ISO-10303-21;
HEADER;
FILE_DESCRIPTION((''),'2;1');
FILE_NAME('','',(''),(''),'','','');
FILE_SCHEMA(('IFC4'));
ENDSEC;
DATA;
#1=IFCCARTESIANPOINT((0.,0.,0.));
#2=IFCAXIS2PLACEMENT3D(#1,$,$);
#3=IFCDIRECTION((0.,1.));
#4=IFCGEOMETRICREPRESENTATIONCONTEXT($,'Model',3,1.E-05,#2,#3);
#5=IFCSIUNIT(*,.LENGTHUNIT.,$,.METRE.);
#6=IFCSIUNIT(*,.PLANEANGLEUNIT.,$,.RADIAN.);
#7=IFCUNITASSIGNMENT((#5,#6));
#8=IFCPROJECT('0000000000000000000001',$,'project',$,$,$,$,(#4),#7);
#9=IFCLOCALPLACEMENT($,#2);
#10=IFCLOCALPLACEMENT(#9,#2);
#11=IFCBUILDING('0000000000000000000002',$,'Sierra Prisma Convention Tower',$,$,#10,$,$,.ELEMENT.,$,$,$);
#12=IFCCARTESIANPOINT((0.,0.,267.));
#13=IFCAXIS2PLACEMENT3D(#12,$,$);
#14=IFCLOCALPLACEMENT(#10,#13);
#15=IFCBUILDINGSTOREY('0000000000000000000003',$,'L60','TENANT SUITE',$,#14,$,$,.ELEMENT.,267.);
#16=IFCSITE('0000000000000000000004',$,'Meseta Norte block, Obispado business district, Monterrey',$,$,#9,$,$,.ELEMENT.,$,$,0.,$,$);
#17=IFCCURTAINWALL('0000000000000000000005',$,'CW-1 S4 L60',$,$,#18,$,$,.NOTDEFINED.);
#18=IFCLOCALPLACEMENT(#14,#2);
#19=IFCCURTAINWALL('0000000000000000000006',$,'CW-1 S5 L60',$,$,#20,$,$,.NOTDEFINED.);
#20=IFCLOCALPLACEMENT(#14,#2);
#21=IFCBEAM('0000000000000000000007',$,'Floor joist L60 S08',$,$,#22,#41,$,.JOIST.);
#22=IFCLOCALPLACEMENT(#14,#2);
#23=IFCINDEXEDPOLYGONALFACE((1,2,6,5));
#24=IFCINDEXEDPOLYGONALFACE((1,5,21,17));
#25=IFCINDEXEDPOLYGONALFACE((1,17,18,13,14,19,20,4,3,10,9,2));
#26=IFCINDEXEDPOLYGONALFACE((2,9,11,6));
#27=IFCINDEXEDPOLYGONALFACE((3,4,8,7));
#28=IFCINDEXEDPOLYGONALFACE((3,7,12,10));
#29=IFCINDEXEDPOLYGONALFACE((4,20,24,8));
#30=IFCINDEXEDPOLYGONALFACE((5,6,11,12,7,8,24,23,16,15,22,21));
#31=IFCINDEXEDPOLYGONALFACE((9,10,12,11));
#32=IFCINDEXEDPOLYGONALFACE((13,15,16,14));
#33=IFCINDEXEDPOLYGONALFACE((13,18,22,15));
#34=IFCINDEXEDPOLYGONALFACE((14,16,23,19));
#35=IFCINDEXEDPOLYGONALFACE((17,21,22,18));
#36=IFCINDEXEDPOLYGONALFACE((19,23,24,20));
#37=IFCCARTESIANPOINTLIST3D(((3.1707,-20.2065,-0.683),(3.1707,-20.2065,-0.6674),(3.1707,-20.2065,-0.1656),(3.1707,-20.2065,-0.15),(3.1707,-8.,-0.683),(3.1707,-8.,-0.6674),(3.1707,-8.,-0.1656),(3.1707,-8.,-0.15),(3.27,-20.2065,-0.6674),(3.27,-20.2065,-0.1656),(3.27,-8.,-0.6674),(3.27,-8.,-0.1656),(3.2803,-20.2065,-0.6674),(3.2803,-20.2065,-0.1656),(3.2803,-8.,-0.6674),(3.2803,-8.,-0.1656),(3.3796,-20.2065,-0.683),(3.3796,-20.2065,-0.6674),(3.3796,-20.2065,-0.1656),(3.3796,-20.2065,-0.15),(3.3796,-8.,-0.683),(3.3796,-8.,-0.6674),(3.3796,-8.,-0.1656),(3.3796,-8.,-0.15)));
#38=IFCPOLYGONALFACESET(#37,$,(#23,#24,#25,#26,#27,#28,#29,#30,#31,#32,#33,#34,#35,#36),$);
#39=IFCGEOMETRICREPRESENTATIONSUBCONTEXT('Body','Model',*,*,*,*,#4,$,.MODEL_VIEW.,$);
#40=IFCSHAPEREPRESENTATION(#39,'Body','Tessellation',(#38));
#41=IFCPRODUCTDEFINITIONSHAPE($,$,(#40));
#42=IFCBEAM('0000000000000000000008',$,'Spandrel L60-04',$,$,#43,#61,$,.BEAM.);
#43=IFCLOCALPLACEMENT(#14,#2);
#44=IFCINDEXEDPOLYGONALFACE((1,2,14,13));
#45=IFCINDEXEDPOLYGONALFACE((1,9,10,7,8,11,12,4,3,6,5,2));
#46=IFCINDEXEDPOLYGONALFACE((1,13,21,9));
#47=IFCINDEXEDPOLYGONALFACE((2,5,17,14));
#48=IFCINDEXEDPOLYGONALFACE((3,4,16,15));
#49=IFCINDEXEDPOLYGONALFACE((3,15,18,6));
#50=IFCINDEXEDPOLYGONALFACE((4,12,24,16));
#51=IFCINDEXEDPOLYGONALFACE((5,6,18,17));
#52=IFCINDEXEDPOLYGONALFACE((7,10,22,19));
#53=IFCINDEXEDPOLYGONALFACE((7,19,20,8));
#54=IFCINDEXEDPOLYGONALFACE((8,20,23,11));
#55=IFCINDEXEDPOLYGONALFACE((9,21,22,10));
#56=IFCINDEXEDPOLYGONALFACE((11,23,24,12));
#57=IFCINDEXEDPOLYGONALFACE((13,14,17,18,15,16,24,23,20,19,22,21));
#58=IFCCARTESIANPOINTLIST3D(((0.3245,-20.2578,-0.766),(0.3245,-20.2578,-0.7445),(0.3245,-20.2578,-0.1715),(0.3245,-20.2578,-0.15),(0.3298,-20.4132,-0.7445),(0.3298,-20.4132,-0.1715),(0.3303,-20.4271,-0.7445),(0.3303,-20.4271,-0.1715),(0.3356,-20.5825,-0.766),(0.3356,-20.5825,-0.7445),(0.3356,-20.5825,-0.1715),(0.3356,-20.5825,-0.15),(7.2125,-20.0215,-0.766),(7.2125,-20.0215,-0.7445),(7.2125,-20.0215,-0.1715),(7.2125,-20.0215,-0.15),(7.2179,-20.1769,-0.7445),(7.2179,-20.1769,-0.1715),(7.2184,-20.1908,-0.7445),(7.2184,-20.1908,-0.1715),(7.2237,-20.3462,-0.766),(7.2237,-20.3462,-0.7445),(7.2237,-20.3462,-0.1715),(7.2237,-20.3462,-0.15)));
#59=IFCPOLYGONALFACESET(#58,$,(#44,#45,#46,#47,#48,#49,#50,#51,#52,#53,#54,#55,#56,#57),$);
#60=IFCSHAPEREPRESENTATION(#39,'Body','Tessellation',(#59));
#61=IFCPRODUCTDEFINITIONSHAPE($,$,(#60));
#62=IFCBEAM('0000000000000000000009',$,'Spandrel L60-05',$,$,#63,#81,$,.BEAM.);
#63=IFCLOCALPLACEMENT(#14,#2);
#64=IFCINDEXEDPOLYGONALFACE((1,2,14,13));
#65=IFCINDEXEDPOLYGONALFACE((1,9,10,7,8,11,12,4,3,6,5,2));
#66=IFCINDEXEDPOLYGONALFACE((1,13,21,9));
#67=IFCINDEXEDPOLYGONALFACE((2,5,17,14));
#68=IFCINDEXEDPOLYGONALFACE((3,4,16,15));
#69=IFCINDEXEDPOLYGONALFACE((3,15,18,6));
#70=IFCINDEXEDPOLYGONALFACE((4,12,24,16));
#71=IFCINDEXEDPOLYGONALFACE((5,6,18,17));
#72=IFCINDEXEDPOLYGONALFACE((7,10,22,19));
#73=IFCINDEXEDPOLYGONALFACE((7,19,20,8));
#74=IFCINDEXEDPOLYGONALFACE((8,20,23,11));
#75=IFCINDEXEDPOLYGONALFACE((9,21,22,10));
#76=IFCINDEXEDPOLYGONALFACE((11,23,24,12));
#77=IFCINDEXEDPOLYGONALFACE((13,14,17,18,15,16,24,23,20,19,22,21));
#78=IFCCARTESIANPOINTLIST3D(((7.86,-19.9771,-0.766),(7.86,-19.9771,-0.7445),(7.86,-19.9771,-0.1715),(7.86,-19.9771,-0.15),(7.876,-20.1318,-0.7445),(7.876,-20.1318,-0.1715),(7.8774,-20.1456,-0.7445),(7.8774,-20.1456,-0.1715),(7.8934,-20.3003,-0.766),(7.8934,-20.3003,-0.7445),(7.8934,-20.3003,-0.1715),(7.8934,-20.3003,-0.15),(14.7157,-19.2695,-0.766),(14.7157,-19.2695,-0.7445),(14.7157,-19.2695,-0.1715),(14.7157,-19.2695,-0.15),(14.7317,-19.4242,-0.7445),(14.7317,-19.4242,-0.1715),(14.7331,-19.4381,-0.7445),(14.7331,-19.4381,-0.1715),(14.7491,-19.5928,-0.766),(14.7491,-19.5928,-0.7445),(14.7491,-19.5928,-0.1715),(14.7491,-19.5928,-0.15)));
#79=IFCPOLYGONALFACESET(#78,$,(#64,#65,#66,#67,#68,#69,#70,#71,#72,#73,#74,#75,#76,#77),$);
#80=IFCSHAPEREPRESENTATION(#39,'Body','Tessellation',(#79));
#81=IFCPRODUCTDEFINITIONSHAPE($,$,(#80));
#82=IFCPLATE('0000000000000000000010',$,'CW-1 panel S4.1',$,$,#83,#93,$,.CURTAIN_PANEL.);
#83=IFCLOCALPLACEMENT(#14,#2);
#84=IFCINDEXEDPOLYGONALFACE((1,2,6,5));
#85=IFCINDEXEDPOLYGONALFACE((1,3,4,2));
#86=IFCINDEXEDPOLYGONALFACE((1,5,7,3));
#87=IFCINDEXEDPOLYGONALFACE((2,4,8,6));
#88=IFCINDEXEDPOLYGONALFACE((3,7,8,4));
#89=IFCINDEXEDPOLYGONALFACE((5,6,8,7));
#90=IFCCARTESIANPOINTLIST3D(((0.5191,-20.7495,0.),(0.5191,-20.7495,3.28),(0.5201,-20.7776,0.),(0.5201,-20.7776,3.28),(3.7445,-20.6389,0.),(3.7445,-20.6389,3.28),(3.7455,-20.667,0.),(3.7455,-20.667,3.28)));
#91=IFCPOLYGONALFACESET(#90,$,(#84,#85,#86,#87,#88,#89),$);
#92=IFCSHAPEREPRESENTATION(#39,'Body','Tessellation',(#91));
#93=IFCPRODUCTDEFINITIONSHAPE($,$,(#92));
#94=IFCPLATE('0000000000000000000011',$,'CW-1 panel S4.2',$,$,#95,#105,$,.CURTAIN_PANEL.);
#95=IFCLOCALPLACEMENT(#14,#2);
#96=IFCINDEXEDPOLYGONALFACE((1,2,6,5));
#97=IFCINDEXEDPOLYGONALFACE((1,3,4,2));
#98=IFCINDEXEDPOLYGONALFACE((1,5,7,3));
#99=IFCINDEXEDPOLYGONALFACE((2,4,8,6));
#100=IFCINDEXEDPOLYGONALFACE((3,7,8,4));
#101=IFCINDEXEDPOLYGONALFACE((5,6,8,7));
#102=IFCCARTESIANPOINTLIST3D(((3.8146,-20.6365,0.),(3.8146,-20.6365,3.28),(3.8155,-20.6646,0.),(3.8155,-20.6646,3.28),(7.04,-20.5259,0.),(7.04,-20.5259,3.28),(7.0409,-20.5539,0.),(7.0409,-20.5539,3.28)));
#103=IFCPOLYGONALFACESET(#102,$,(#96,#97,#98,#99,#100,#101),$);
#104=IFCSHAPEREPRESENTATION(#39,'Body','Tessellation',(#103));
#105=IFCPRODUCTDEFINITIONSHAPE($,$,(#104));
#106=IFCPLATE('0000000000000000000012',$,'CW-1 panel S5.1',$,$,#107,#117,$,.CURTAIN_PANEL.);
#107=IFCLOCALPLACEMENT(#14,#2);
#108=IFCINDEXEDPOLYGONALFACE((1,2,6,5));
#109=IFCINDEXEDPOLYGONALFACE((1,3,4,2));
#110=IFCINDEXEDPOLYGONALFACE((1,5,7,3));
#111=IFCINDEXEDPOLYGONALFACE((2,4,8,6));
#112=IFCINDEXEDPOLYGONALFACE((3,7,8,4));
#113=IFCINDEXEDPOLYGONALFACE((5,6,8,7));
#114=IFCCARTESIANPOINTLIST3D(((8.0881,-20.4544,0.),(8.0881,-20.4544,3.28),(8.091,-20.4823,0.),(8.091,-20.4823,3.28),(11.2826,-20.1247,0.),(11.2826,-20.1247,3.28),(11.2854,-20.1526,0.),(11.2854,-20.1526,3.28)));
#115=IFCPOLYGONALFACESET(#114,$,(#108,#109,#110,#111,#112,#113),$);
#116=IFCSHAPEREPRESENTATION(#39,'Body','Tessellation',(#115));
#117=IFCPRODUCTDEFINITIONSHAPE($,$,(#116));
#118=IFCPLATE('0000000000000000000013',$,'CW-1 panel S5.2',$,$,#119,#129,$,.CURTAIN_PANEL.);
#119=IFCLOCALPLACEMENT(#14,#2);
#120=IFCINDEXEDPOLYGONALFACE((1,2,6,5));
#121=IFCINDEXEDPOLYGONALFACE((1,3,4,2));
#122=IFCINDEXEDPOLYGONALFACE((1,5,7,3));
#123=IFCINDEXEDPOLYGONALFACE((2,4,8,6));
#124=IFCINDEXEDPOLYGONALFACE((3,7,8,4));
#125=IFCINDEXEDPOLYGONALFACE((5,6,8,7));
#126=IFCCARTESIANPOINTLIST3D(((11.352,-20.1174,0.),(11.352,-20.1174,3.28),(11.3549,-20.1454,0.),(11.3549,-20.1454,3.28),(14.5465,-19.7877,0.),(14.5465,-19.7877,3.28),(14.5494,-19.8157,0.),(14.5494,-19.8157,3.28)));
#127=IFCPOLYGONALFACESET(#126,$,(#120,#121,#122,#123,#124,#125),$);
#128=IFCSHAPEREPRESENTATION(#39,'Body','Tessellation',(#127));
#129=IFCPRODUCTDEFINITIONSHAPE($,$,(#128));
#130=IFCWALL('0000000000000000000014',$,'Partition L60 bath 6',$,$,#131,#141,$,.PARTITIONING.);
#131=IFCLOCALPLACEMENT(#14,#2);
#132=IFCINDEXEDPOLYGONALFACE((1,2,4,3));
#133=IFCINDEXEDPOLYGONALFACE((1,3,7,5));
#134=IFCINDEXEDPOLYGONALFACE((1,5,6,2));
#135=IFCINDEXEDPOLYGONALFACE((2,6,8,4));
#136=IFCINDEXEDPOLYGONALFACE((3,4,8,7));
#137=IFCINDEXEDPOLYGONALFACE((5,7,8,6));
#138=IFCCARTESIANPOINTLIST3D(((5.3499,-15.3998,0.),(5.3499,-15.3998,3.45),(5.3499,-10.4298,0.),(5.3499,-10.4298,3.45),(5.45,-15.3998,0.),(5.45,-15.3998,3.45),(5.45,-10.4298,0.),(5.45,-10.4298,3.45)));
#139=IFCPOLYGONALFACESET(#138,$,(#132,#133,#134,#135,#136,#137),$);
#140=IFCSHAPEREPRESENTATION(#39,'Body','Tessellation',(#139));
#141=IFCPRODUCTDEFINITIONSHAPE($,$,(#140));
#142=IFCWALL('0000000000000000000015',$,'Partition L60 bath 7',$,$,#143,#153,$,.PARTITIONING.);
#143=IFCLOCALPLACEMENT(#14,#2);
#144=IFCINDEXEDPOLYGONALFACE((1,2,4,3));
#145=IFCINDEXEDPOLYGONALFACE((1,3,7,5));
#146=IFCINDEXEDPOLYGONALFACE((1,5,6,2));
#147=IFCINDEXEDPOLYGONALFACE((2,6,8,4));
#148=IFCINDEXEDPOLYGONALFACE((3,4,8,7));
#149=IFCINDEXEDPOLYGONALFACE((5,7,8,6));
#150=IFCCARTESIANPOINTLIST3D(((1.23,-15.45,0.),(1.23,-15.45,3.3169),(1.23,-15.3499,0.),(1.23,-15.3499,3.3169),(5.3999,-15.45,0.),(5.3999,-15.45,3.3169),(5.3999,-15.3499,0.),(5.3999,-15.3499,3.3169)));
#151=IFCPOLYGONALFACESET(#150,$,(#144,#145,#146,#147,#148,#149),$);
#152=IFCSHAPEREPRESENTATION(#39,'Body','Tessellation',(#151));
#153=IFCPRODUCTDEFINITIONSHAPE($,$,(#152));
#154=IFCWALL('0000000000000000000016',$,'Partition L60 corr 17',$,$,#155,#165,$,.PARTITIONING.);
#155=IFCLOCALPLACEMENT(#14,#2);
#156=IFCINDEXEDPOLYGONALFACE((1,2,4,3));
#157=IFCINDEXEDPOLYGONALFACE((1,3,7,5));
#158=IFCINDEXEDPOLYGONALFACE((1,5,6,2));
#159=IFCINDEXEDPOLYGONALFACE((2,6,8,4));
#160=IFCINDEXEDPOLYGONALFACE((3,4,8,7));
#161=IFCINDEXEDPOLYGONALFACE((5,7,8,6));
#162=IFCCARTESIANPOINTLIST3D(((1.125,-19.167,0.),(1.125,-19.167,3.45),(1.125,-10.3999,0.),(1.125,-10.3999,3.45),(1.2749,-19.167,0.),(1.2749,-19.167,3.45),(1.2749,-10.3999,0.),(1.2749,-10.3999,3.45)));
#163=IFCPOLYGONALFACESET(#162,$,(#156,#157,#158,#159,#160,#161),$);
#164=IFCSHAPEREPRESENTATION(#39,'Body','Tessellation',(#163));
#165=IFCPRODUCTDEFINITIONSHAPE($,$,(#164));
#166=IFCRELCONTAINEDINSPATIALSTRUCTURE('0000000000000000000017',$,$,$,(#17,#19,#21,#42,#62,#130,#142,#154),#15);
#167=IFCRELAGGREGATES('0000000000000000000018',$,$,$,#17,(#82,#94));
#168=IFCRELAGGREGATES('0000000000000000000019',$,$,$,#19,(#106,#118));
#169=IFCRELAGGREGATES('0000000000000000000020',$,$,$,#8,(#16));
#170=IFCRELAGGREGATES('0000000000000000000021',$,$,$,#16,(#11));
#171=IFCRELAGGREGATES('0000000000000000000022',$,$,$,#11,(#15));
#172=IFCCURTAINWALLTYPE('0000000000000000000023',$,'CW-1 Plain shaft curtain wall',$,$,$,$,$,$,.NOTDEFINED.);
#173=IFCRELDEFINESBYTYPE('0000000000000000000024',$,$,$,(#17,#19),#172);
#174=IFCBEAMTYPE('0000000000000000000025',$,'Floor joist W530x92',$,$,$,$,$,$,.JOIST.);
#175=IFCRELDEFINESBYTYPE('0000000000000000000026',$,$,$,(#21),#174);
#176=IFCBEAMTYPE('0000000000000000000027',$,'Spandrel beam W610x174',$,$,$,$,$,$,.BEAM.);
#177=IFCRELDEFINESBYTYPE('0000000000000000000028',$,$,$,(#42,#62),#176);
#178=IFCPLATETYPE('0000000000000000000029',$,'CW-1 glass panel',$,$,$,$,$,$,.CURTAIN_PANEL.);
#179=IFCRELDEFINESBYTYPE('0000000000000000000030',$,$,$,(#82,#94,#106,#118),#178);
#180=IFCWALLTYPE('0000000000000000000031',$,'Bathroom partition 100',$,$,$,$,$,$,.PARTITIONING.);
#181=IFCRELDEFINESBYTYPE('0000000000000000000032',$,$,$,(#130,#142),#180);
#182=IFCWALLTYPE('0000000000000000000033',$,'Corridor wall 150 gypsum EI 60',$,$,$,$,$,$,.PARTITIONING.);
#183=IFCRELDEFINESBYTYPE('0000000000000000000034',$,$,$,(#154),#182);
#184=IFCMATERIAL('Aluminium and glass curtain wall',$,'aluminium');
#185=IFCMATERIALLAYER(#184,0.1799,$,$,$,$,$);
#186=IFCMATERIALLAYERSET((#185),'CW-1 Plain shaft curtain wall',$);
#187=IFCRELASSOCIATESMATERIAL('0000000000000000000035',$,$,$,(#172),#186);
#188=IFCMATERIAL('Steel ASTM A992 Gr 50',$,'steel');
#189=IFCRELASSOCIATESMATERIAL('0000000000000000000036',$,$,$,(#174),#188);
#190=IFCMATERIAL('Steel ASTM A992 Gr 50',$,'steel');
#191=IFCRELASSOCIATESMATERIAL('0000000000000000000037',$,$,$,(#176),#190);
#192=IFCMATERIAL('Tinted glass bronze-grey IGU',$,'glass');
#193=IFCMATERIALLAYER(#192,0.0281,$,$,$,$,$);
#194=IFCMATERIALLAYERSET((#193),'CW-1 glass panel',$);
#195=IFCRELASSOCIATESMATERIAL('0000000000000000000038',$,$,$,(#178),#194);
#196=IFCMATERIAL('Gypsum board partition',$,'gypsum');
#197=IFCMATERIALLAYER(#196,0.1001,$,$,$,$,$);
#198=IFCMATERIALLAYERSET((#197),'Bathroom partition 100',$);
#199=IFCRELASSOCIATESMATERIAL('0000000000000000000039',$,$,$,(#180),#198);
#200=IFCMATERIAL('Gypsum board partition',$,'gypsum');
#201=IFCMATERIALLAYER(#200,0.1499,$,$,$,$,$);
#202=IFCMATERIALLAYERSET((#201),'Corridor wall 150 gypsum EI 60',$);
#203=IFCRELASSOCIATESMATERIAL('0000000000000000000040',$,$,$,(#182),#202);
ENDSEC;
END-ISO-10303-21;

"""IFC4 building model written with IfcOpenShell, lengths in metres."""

from ifc_helpers import new_model, si_unit, direction, frame, frame_2d, origin, origin_2d, place, context, subcontext, project, spatial, rectangle, i_section, extrude, material, layer, layer_set, material_profile, profile_set, type_object, element, aggregate, save


model = new_model("IFC4")

# Units and contexts
model_context = context("Model", 3, precision=1e-05, world=origin(), true_north=direction((0.0, 1.0)))
body_context = subcontext(model_context, "Body", "Model", "MODEL_VIEW")
ifc_project = project(units=[si_unit("LENGTHUNIT", "METRE"), si_unit("PLANEANGLEUNIT", "RADIAN")], contexts=[model_context])

# Site, building, storey
site_placement = place(None, origin())
site = spatial("IfcSite", under=ifc_project, at=site_placement, Name="Meseta Norte block, Obispado business district, Monterrey", CompositionType="ELEMENT", RefElevation=0.0)
building_placement = place(site_placement, origin())
building = spatial("IfcBuilding", under=site, at=building_placement, Name="Sierra Prisma Convention Tower", CompositionType="ELEMENT")
storey_placement = place(building_placement, frame((0.0, 0.0, 267.0)))
storey = spatial("IfcBuildingStorey", under=building, at=storey_placement, Name="L60", Description="TENANT SUITE", CompositionType="ELEMENT", Elevation=267.0)

# Curtain walls
ifc_material_1 = material(Name="Aluminium and glass curtain wall", Category="aluminium")
ifc_layer_1 = layer(ifc_material_1, 0.1799)
ifc_layer_set_1 = layer_set([ifc_layer_1], Name="CW-1 Plain shaft curtain wall")
curtain_wall_type = type_object("IfcCurtainWallType", Name="CW-1 Plain shaft curtain wall", PredefinedType="NOTDEFINED", material=ifc_layer_set_1)
curtain_wall_1_placement = place(storey_placement, origin())
curtain_wall_1 = element("IfcCurtainWall", 1, at=curtain_wall_1_placement, inside=storey, type_object=curtain_wall_type, Name="CW-1 S4 L60", PredefinedType="NOTDEFINED")
curtain_wall_2_placement = place(storey_placement, origin())
curtain_wall_2 = element("IfcCurtainWall", 2, at=curtain_wall_2_placement, inside=storey, type_object=curtain_wall_type, Name="CW-1 S5 L60", PredefinedType="NOTDEFINED")

# Beams
ifc_material_2 = material(Name="Steel ASTM A992 Gr 50", Category="steel")
ifc_material_profile_1 = material_profile(ifc_material_2, i_section(OverallWidth=0.209, OverallDepth=0.533, WebThickness=0.0103, FlangeThickness=0.0156, at=origin_2d()), Name="W530x92")
ifc_profile_set_1 = profile_set([ifc_material_profile_1], Name="Steel ASTM A992 Gr 50")
beam_type_1 = type_object("IfcBeamType", Name="Floor joist W530x92", PredefinedType="JOIST", material=ifc_profile_set_1)
beam_1_placement = place(storey_placement, frame((3.2751, -20.2065, -0.4165), z_axis=(0.0, 1.0, 0.0), x_axis=(-1.0, 0.0, 0.0)))
element("IfcBeam", 3, at=beam_1_placement, inside=storey, type_object=beam_type_1, Name="Floor joist L60 S08", PredefinedType="JOIST", context=body_context, shape_type="SweptSolid", body=[
    extrude(i_section(OverallWidth=0.209, OverallDepth=0.533, WebThickness=0.0103, FlangeThickness=0.0156, at=origin_2d()), origin(), (0.0, 0.0, 1.0), 12.2065),
])
ifc_material_3 = material(Name="Steel ASTM A992 Gr 50", Category="steel")
ifc_material_profile_2 = material_profile(ifc_material_3, i_section(OverallWidth=0.325, OverallDepth=0.616, WebThickness=0.0139, FlangeThickness=0.0215, at=origin_2d()), Name="W610x174")
ifc_profile_set_2 = profile_set([ifc_material_profile_2], Name="Steel ASTM A992 Gr 50")
beam_type_2 = type_object("IfcBeamType", Name="Spandrel beam W610x174", PredefinedType="BEAM", material=ifc_profile_set_2)
for number, where, z_axis, x_axis, name in (
    (4, (0.3301, -20.4202, -0.458), (0.999412, 0.03429, 0.0), (-0.03429, 0.999412, 0.0), "Spandrel L60-04"),
    (5, (7.8767, -20.1387, -0.458), (0.994717, 0.102656, 0.0), (-0.102656, 0.994717, 0.0), "Spandrel L60-05"),
):
    element("IfcBeam", number, at=place(storey_placement, frame(where, z_axis=z_axis, x_axis=x_axis)), inside=storey, type_object=beam_type_2, Name=name, PredefinedType="BEAM", context=body_context, shape_type="SweptSolid", body=[
        extrude(i_section(OverallWidth=0.325, OverallDepth=0.616, WebThickness=0.0139, FlangeThickness=0.0215, at=origin_2d()), origin(), (0.0, 0.0, 1.0), 6.8921),
    ])

# Plates
ifc_material_4 = material(Name="Tinted glass bronze-grey IGU", Category="glass")
ifc_layer_2 = layer(ifc_material_4, 0.0281)
ifc_layer_set_2 = layer_set([ifc_layer_2], Name="CW-1 glass panel")
plate_type = type_object("IfcPlateType", Name="CW-1 glass panel", PredefinedType="CURTAIN_PANEL", material=ifc_layer_set_2)
plate_1_placement = place(storey_placement, frame((2.1323, -20.7083, 0.0), z_axis=(0.0, 0.0, 1.0), x_axis=(0.999412, 0.034275, 0.0)))
plate_1 = element("IfcPlate", 6, at=plate_1_placement, type_object=plate_type, Name="CW-1 panel S4.1", PredefinedType="CURTAIN_PANEL", context=body_context, shape_type="SweptSolid", body=[
    extrude(rectangle(XDim=3.2273, YDim=0.0281, at=origin_2d()), origin(), (0.0, 0.0, 1.0), 3.28),
])
plate_2_placement = place(storey_placement, frame((5.4277, -20.5952, 0.0), z_axis=(0.0, 0.0, 1.0), x_axis=(0.999412, 0.034275, 0.0)))
plate_2 = element("IfcPlate", 7, at=plate_2_placement, type_object=plate_type, Name="CW-1 panel S4.2", PredefinedType="CURTAIN_PANEL", context=body_context, shape_type="SweptSolid", body=[
    extrude(rectangle(XDim=3.2273, YDim=0.0281, at=origin_2d()), origin(), (0.0, 0.0, 1.0), 3.28),
])
aggregate(curtain_wall_1, [plate_1, plate_2])
plate_3_placement = place(storey_placement, frame((9.6868, -20.3035, 0.0), z_axis=(0.0, 0.0, 1.0), x_axis=(0.994716, 0.102665, 0.0)))
plate_3 = element("IfcPlate", 8, at=plate_3_placement, type_object=plate_type, Name="CW-1 panel S5.1", PredefinedType="CURTAIN_PANEL", context=body_context, shape_type="SweptSolid", body=[
    extrude(rectangle(XDim=3.2114, YDim=0.0281, at=origin_2d()), origin(), (0.0, 0.0, 1.0), 3.28),
])
plate_4_placement = place(storey_placement, frame((12.9507, -19.9666, 0.0), z_axis=(0.0, 0.0, 1.0), x_axis=(0.994716, 0.102665, 0.0)))
plate_4 = element("IfcPlate", 9, at=plate_4_placement, type_object=plate_type, Name="CW-1 panel S5.2", PredefinedType="CURTAIN_PANEL", context=body_context, shape_type="SweptSolid", body=[
    extrude(rectangle(XDim=3.2114, YDim=0.0281, at=origin_2d()), origin(), (0.0, 0.0, 1.0), 3.28),
])
aggregate(curtain_wall_2, [plate_3, plate_4])

# Walls
ifc_material_5 = material(Name="Gypsum board partition", Category="gypsum")
ifc_layer_3 = layer(ifc_material_5, 0.1001)
ifc_layer_set_3 = layer_set([ifc_layer_3], Name="Bathroom partition 100")
wall_type_1 = type_object("IfcWallType", Name="Bathroom partition 100", PredefinedType="PARTITIONING", material=ifc_layer_set_3)
wall_1_placement = place(storey_placement, frame((5.3999, -10.4299, 0.0), z_axis=(0.0, 0.0, 1.0), x_axis=(0.0, -1.0, 0.0)))
element("IfcWall", 10, at=wall_1_placement, inside=storey, type_object=wall_type_1, Name="Partition L60 bath 6", PredefinedType="PARTITIONING", context=body_context, shape_type="SweptSolid", body=[
    extrude(rectangle(XDim=4.97, YDim=0.1001, at=frame_2d((2.4849, 0.0))), origin(), (0.0, 0.0, 1.0), 3.45),
])
wall_2_placement = place(storey_placement, frame((5.3999, -15.3999, 0.0), z_axis=(0.0, 0.0, 1.0), x_axis=(-1.0, 0.0, 0.0)))
element("IfcWall", 11, at=wall_2_placement, inside=storey, type_object=wall_type_1, Name="Partition L60 bath 7", PredefinedType="PARTITIONING", context=body_context, shape_type="SweptSolid", body=[
    extrude(rectangle(XDim=4.1699, YDim=0.1001, at=frame_2d((2.085, 0.0))), origin(), (0.0, 0.0, 1.0), 3.3169),
])
ifc_material_6 = material(Name="Gypsum board partition", Category="gypsum")
ifc_layer_4 = layer(ifc_material_6, 0.1499)
ifc_layer_set_4 = layer_set([ifc_layer_4], Name="Corridor wall 150 gypsum EI 60")
wall_type_2 = type_object("IfcWallType", Name="Corridor wall 150 gypsum EI 60", PredefinedType="PARTITIONING", material=ifc_layer_set_4)
wall_3_placement = place(storey_placement, frame((1.2, -19.167, 0.0), z_axis=(0.0, 0.0, 1.0), x_axis=(0.0, 1.0, 0.0)))
element("IfcWall", 12, at=wall_3_placement, inside=storey, type_object=wall_type_2, Name="Partition L60 corr 17", PredefinedType="PARTITIONING", context=body_context, shape_type="SweptSolid", body=[
    extrude(rectangle(XDim=8.7671, YDim=0.1499, at=frame_2d((4.3835, 0.0))), origin(), (0.0, 0.0, 1.0), 3.45),
])

save(model, "model.ifc")
